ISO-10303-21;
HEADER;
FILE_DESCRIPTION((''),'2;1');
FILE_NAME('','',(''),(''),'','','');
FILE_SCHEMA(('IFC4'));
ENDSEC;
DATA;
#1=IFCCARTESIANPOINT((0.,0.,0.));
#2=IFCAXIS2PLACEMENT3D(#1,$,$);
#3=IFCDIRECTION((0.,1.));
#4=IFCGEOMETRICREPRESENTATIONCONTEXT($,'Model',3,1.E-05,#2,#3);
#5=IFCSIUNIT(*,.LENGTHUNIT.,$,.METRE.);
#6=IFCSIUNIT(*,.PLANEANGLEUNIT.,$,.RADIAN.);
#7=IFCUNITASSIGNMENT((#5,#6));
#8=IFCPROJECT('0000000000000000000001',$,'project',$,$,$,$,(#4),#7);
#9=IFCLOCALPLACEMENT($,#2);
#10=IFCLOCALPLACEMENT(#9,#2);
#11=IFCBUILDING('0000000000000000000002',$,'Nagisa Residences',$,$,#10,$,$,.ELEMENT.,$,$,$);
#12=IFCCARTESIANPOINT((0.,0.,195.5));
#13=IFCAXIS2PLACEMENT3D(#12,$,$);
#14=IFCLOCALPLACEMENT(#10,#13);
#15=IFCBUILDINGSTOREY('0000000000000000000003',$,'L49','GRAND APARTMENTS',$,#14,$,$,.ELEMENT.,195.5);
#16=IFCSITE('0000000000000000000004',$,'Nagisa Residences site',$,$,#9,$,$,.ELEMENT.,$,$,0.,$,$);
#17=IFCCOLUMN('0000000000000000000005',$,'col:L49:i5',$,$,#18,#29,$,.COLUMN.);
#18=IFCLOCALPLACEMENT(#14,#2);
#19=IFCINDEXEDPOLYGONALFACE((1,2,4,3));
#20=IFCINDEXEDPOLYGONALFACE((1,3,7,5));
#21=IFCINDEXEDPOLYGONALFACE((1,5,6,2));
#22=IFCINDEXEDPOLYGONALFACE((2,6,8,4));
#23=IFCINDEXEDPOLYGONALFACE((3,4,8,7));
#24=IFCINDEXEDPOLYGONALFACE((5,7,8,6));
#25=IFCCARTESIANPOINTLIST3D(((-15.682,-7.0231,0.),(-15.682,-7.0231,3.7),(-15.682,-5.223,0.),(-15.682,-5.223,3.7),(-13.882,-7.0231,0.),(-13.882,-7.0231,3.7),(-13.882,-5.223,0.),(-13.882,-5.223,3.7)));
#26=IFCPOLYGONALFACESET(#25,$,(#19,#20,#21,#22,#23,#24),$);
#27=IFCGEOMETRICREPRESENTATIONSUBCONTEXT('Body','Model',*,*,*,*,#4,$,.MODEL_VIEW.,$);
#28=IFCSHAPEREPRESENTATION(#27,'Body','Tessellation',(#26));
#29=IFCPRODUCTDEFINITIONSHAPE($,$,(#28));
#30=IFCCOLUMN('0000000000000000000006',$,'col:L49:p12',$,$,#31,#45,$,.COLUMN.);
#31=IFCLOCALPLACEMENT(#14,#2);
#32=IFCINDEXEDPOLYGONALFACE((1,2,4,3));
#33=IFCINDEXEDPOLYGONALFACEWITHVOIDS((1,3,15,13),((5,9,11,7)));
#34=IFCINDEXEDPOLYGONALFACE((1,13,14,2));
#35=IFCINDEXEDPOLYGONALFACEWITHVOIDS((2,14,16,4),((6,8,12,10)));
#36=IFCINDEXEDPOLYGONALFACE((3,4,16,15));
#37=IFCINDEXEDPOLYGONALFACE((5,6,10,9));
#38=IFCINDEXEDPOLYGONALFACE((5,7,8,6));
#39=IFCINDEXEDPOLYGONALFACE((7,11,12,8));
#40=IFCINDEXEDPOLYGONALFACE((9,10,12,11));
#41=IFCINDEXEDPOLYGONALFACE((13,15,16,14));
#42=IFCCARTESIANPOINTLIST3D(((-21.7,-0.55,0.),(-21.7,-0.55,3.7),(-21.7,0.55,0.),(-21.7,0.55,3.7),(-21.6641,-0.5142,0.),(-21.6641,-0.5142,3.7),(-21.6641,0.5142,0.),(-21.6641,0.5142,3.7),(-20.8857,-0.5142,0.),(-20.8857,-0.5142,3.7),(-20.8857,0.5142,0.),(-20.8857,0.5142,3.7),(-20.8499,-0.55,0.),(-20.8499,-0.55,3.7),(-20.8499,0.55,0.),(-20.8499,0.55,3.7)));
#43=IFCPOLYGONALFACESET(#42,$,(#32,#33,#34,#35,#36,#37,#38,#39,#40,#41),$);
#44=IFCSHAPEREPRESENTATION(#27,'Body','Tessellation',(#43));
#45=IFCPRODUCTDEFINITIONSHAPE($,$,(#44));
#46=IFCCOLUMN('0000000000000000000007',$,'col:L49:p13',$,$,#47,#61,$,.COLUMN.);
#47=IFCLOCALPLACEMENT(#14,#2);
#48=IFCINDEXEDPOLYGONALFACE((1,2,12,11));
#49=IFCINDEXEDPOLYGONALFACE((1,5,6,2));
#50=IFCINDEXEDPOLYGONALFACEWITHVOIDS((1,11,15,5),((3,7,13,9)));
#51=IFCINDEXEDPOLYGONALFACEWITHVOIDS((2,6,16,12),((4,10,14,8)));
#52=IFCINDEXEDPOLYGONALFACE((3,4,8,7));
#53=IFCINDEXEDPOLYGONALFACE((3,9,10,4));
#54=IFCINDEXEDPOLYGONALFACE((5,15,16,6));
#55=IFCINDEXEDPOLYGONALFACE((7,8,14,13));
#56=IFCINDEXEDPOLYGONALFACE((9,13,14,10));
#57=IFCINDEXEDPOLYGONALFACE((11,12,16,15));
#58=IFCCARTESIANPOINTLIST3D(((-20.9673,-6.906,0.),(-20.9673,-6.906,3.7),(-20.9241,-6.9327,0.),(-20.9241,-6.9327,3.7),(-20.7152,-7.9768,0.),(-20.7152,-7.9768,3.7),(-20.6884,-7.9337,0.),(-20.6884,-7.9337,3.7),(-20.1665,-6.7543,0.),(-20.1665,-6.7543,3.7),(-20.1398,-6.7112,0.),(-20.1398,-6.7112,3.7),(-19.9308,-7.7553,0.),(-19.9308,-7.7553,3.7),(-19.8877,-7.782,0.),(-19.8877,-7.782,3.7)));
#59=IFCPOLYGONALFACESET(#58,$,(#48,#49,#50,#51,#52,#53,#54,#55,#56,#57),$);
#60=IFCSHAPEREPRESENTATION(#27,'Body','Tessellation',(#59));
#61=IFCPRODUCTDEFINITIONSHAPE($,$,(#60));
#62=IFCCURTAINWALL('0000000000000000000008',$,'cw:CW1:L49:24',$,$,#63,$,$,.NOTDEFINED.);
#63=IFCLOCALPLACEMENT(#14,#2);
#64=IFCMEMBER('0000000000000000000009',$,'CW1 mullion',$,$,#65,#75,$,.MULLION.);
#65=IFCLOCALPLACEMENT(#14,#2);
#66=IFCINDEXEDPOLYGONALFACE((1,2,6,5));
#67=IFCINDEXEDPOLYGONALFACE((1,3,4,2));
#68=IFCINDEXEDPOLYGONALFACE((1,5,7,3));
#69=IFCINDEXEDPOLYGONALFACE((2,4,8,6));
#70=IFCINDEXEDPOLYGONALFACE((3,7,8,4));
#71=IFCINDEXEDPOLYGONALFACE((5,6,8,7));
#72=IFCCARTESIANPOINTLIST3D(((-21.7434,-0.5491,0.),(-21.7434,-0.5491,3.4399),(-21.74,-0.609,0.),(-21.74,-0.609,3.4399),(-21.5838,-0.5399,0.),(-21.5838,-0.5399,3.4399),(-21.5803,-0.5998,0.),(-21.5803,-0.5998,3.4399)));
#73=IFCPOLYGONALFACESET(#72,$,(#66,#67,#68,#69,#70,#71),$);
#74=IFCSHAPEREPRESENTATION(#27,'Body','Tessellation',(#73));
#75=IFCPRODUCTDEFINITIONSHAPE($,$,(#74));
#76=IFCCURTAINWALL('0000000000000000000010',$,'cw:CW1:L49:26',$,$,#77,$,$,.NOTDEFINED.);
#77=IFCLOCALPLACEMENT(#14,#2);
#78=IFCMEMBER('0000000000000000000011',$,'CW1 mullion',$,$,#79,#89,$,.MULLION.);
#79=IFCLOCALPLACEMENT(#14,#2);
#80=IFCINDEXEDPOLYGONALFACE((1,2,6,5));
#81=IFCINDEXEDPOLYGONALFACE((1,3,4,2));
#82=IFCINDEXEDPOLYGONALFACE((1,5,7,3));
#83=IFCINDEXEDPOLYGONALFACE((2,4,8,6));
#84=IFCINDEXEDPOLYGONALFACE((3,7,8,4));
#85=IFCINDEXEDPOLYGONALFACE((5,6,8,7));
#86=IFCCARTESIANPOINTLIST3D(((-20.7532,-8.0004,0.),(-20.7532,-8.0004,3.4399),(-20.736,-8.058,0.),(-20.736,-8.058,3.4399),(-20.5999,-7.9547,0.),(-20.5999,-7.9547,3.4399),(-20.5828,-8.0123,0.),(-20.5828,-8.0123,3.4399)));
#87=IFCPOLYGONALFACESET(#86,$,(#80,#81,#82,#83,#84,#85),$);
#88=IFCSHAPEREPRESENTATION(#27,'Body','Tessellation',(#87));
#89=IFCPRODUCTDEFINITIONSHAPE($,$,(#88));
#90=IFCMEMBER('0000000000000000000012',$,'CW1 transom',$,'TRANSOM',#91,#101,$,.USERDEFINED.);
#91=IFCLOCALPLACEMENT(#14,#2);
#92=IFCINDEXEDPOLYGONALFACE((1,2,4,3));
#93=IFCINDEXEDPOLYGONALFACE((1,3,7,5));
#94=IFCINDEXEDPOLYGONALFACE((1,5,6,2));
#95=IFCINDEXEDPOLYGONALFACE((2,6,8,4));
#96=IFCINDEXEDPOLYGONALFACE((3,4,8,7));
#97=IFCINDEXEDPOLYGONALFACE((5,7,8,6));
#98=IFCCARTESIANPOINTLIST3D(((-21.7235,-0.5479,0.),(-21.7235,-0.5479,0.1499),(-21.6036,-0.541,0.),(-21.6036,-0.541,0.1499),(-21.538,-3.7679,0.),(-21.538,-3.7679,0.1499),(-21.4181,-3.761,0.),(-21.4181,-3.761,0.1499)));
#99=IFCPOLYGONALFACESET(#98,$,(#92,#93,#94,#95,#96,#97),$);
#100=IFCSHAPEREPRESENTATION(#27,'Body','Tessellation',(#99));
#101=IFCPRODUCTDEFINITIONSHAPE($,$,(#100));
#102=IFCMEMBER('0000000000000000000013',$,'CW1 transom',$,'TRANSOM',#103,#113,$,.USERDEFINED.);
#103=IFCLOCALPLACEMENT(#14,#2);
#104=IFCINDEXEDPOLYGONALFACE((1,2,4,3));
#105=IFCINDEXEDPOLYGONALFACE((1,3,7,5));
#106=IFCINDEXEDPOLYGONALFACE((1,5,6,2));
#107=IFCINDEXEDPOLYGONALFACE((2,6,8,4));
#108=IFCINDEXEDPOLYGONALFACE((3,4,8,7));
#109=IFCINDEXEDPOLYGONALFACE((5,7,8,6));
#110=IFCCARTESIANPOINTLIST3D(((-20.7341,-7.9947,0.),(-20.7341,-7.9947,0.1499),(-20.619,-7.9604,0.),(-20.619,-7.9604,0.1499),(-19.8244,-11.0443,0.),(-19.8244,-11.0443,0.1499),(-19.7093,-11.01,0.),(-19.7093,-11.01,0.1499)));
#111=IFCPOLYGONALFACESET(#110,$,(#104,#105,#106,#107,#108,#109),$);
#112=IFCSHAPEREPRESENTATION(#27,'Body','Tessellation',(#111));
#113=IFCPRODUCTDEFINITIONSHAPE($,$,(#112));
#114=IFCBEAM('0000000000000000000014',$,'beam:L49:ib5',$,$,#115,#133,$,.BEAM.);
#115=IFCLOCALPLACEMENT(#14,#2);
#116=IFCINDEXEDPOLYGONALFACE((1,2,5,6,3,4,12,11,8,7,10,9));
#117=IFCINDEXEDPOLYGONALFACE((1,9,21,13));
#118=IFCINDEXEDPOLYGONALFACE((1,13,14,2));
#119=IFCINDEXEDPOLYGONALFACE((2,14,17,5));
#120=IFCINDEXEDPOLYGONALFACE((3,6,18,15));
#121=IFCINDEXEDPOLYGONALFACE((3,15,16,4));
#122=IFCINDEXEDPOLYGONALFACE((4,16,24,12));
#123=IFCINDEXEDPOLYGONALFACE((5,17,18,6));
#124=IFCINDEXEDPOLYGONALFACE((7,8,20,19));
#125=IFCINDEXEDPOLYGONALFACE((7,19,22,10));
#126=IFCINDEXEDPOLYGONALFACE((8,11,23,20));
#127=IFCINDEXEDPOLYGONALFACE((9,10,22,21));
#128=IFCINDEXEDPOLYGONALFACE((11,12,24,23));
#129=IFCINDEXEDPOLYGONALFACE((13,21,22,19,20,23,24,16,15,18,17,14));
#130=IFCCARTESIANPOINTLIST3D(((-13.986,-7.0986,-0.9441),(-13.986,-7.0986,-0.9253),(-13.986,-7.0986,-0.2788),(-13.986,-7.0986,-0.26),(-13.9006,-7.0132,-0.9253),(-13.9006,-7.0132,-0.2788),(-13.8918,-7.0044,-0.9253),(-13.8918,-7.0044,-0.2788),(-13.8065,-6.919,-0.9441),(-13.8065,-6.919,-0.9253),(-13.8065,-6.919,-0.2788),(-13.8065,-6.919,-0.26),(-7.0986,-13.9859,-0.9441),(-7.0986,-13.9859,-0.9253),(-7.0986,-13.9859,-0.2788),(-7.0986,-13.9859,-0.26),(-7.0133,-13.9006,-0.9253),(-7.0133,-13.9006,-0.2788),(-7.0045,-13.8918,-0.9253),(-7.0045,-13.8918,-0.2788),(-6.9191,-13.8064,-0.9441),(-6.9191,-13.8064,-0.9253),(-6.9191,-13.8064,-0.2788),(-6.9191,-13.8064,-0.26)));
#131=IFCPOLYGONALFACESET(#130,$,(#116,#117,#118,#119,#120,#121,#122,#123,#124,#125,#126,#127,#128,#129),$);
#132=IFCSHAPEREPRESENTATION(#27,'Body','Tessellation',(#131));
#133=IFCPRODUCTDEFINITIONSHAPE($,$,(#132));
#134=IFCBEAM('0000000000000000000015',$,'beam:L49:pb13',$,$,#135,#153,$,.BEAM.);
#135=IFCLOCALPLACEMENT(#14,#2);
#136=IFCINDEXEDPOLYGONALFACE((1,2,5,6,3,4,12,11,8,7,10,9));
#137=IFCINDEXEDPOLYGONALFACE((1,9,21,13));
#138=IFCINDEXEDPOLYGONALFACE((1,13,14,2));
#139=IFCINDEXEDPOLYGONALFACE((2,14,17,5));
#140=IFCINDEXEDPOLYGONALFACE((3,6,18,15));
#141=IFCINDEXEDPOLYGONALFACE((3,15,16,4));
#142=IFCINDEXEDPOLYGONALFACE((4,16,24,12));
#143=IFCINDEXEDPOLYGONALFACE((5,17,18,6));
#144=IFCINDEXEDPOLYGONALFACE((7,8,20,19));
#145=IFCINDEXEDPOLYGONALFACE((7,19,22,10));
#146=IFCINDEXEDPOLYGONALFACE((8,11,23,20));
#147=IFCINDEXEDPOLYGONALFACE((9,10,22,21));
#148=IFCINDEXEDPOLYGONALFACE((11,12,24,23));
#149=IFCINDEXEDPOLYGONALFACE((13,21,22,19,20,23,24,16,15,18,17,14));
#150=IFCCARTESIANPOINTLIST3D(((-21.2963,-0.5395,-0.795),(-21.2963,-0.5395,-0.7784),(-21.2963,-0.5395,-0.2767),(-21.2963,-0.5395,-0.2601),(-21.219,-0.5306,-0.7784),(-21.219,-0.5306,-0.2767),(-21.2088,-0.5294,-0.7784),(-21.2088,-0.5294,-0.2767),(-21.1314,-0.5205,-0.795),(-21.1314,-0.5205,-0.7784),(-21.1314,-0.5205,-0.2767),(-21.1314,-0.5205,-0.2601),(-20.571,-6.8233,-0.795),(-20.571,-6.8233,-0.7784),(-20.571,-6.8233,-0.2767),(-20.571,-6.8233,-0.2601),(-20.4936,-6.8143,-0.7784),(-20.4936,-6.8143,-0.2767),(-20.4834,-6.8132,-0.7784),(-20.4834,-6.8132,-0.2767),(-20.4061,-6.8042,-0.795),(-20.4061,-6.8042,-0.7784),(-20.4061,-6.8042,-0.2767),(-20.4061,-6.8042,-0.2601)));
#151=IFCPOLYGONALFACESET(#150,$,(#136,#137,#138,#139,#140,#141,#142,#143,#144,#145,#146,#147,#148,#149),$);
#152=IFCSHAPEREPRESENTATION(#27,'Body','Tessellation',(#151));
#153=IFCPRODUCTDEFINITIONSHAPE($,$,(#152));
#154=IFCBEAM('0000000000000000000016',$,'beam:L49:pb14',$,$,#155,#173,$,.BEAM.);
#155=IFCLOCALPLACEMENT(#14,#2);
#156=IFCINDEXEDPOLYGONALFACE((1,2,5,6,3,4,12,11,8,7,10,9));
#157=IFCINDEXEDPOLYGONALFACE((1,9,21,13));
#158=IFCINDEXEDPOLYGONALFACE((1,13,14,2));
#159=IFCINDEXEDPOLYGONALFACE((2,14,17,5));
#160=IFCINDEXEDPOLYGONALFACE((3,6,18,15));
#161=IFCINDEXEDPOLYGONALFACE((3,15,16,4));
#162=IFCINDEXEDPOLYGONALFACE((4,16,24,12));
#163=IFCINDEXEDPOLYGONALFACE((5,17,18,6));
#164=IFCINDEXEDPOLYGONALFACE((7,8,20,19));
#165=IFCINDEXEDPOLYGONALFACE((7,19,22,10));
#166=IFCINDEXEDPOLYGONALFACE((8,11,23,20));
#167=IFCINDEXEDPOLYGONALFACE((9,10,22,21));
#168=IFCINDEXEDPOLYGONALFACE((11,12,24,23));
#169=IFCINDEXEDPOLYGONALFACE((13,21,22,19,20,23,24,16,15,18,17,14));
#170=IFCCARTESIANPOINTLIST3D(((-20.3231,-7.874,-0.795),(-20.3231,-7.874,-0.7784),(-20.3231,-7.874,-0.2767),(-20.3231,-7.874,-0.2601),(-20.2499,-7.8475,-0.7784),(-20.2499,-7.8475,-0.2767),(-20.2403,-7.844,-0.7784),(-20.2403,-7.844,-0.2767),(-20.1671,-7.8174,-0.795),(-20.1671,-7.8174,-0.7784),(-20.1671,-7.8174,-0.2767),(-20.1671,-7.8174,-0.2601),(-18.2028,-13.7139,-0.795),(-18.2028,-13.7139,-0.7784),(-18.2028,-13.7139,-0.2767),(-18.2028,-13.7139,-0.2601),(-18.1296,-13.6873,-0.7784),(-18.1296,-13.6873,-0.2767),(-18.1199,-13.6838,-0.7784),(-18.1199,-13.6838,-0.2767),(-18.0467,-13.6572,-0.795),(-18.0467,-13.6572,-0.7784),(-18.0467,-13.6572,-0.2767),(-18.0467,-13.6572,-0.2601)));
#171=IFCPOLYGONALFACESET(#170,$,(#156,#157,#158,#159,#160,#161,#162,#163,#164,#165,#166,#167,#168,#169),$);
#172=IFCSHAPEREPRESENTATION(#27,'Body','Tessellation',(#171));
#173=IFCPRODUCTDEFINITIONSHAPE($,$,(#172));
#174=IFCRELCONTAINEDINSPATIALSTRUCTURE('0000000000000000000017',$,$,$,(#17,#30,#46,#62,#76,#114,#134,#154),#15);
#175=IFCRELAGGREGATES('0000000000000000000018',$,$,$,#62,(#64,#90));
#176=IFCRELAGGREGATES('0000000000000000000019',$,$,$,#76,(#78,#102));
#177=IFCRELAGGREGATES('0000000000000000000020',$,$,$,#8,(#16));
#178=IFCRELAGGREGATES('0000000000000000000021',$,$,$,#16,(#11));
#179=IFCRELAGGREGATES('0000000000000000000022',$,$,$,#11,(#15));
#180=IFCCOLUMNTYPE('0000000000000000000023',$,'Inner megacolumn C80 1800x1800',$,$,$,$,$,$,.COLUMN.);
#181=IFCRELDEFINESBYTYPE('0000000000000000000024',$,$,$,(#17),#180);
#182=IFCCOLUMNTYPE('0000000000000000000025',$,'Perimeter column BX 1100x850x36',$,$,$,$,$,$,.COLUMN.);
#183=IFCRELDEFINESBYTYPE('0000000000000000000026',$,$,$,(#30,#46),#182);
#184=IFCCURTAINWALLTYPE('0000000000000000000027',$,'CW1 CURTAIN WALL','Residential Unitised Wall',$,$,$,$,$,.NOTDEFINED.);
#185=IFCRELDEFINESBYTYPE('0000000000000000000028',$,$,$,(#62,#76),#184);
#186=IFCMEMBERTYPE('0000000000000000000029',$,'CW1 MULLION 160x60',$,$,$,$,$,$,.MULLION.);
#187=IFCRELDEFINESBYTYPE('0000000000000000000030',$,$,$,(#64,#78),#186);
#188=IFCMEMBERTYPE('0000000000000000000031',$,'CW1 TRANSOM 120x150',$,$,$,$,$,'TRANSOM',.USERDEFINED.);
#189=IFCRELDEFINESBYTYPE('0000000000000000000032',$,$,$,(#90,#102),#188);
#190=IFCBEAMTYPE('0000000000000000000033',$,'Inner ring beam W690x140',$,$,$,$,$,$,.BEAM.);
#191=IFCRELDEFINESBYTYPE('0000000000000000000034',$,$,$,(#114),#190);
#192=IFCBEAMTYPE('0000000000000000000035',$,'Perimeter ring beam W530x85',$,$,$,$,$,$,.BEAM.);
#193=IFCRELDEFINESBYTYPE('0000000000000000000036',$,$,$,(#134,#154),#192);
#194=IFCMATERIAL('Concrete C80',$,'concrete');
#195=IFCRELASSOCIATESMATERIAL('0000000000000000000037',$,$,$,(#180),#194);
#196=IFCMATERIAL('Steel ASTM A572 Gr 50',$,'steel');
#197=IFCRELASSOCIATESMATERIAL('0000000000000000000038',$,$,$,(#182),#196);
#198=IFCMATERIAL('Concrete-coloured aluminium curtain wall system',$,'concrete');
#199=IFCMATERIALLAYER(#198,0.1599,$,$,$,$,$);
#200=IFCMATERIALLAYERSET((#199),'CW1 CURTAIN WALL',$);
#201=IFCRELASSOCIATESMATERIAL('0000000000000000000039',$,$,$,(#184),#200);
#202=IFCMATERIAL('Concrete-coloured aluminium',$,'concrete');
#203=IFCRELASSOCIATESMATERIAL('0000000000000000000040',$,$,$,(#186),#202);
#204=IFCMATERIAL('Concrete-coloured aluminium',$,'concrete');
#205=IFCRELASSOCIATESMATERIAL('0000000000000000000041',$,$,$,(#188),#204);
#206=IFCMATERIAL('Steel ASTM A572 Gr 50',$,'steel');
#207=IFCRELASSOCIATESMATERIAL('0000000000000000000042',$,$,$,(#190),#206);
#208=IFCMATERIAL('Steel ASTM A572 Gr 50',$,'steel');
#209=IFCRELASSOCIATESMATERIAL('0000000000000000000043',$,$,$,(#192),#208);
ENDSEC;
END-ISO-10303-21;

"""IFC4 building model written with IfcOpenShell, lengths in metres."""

from ifc_helpers import new_model, si_unit, direction, frame, origin, origin_2d, place, context, subcontext, project, spatial, rectangle, hollow_rectangle, i_section, extrude, material, layer, layer_set, material_profile, profile_set, type_object, element, aggregate, save


model = new_model("IFC4")

# Units and contexts
model_context = context("Model", 3, precision=1e-05, world=origin(), true_north=direction((0.0, 1.0)))
body_context = subcontext(model_context, "Body", "Model", "MODEL_VIEW")
ifc_project = project(units=[si_unit("LENGTHUNIT", "METRE"), si_unit("PLANEANGLEUNIT", "RADIAN")], contexts=[model_context])

# Site, building, storey
site_placement = place(None, origin())
site = spatial("IfcSite", under=ifc_project, at=site_placement, Name="Nagisa Residences site", CompositionType="ELEMENT", RefElevation=0.0)
building_placement = place(site_placement, origin())
building = spatial("IfcBuilding", under=site, at=building_placement, Name="Nagisa Residences", CompositionType="ELEMENT")
storey_placement = place(building_placement, frame((0.0, 0.0, 195.5)))
storey = spatial("IfcBuildingStorey", under=building, at=storey_placement, Name="L49", Description="GRAND APARTMENTS", CompositionType="ELEMENT", Elevation=195.5)

# Columns
ifc_material_1 = material(Name="Concrete C80", Category="concrete")
ifc_material_profile_1 = material_profile(ifc_material_1, rectangle(XDim=1.8, YDim=1.8, at=origin_2d()), Name="C80 1800x1800")
ifc_profile_set_1 = profile_set([ifc_material_profile_1], Name="Concrete C80")
column_type_1 = type_object("IfcColumnType", Name="Inner megacolumn C80 1800x1800", PredefinedType="COLUMN", material=ifc_profile_set_1)
column_placement = place(storey_placement, frame((-14.782, -6.123, 0.0), z_axis=(0.0, 0.0, 1.0), x_axis=(1.0, 0.0, 0.0)))
element("IfcColumn", 1, at=column_placement, inside=storey, type_object=column_type_1, Name="col:L49:i5", PredefinedType="COLUMN", context=body_context, shape_type="SweptSolid", body=[
    extrude(rectangle(XDim=1.8, YDim=1.8, at=origin_2d()), origin(), (0.0, 0.0, 1.0), 3.7),
])
ifc_material_2 = material(Name="Steel ASTM A572 Gr 50", Category="steel")
ifc_material_profile_2 = material_profile(ifc_material_2, hollow_rectangle(XDim=1.1001, YDim=0.8501, WallThickness=0.0359, at=origin_2d()), Name="BX 1100x850x36")
ifc_profile_set_2 = profile_set([ifc_material_profile_2], Name="Steel ASTM A572 Gr 50")
column_type_2 = type_object("IfcColumnType", Name="Perimeter column BX 1100x850x36", PredefinedType="COLUMN", material=ifc_profile_set_2)
for number, where, z_axis, x_axis, name in (
    (2, (-21.2749, 0.0, 0.0), (0.0, 0.0, 1.0), (0.0, -1.0, 0.0), "col:L49:p12"),
    (3, (-20.4275, -7.344, 0.0), (0.0, 0.0, 1.0), (0.229202, -0.973379, 0.0), "col:L49:p13"),
):
    element("IfcColumn", number, at=place(storey_placement, frame(where, z_axis=z_axis, x_axis=x_axis)), inside=storey, type_object=column_type_2, Name=name, PredefinedType="COLUMN", context=body_context, shape_type="SweptSolid", body=[
        extrude(hollow_rectangle(XDim=1.1001, YDim=0.8501, WallThickness=0.0359, at=origin_2d()), origin(), (0.0, 0.0, 1.0), 3.7),
    ])

# Curtain walls, members
ifc_material_3 = material(Name="Concrete-coloured aluminium curtain wall system", Category="concrete")
ifc_layer_1 = layer(ifc_material_3, 0.1599)
ifc_layer_set_1 = layer_set([ifc_layer_1], Name="CW1 CURTAIN WALL")
curtain_wall_type = type_object("IfcCurtainWallType", Name="CW1 CURTAIN WALL", Description="Residential Unitised Wall", PredefinedType="NOTDEFINED", material=ifc_layer_set_1)
curtain_wall_1_placement = place(storey_placement, origin())
curtain_wall_1 = element("IfcCurtainWall", 4, at=curtain_wall_1_placement, inside=storey, type_object=curtain_wall_type, Name="cw:CW1:L49:24", PredefinedType="NOTDEFINED")
ifc_material_4 = material(Name="Concrete-coloured aluminium", Category="concrete")
ifc_material_profile_3 = material_profile(ifc_material_4, rectangle(XDim=0.1599, YDim=0.0601, at=origin_2d()), Name="CW1 MULLION 160x60")
ifc_profile_set_3 = profile_set([ifc_material_profile_3], Name="Concrete-coloured aluminium")
member_type_1 = type_object("IfcMemberType", Name="CW1 MULLION 160x60", PredefinedType="MULLION", material=ifc_profile_set_3)
member_1_placement = place(storey_placement, frame((-21.6619, -0.5745, 0.0), z_axis=(0.0, 0.0, 1.0), x_axis=(0.998345, 0.057503, 0.0)))
member_1 = element("IfcMember", 5, at=member_1_placement, type_object=member_type_1, Name="CW1 mullion", PredefinedType="MULLION", context=body_context, shape_type="SweptSolid", body=[
    extrude(rectangle(XDim=0.1599, YDim=0.0601, at=origin_2d()), origin(), (0.0, 0.0, 1.0), 3.4399),
])
curtain_wall_2_placement = place(storey_placement, origin())
curtain_wall_2 = element("IfcCurtainWall", 6, at=curtain_wall_2_placement, inside=storey, type_object=curtain_wall_type, Name="cw:CW1:L49:26", PredefinedType="NOTDEFINED")
member_2_placement = place(storey_placement, frame((-20.668, -8.0063, 0.0), z_axis=(0.0, 0.0, 1.0), x_axis=(0.958271, 0.28586, 0.0)))
member_2 = element("IfcMember", 7, at=member_2_placement, type_object=member_type_1, Name="CW1 mullion", PredefinedType="MULLION", context=body_context, shape_type="SweptSolid", body=[
    extrude(rectangle(XDim=0.1599, YDim=0.0601, at=origin_2d()), origin(), (0.0, 0.0, 1.0), 3.4399),
])

# Members
ifc_material_5 = material(Name="Concrete-coloured aluminium", Category="concrete")
ifc_material_profile_4 = material_profile(ifc_material_5, rectangle(XDim=0.1201, YDim=0.1499, at=origin_2d()), Name="CW1 TRANSOM 120x150")
ifc_profile_set_4 = profile_set([ifc_material_profile_4], Name="Concrete-coloured aluminium")
member_type_2 = type_object("IfcMemberType", Name="CW1 TRANSOM 120x150", ElementType="TRANSOM", PredefinedType="USERDEFINED", material=ifc_profile_set_4)
member_3_placement = place(storey_placement, frame((-21.6636, -0.5444, 0.075), z_axis=(0.057528, -0.998344, 0.0), x_axis=(0.998344, 0.057528, 0.0)))
member_3 = element("IfcMember", 8, at=member_3_placement, type_object=member_type_2, Name="CW1 transom", ObjectType="TRANSOM", PredefinedType="USERDEFINED", context=body_context, shape_type="SweptSolid", body=[
    extrude(rectangle(XDim=0.1201, YDim=0.1499, at=origin_2d()), origin(), (0.0, 0.0, 1.0), 3.2253),
])
member_4_placement = place(storey_placement, frame((-20.6765, -7.9775, 0.075), z_axis=(0.285848, -0.958275, 0.0), x_axis=(0.958275, 0.285848, 0.0)))
member_4 = element("IfcMember", 9, at=member_4_placement, type_object=member_type_2, Name="CW1 transom", ObjectType="TRANSOM", PredefinedType="USERDEFINED", context=body_context, shape_type="SweptSolid", body=[
    extrude(rectangle(XDim=0.1201, YDim=0.1499, at=origin_2d()), origin(), (0.0, 0.0, 1.0), 3.1824),
])

# Beams
ifc_material_6 = material(Name="Steel ASTM A572 Gr 50", Category="steel")
ifc_material_profile_5 = material_profile(ifc_material_6, i_section(OverallWidth=0.2539, OverallDepth=0.6841, WebThickness=0.0125, FlangeThickness=0.0188, at=origin_2d()), Name="W690x140")
ifc_profile_set_5 = profile_set([ifc_material_profile_5], Name="Steel ASTM A572 Gr 50")
beam_type_1 = type_object("IfcBeamType", Name="Inner ring beam W690x140", PredefinedType="BEAM", material=ifc_profile_set_5)
beam_1_placement = place(storey_placement, frame((-13.8962, -7.0088, -0.6021), z_axis=(0.707107, -0.707107, 0.0), x_axis=(0.707107, 0.707107, 0.0)))
element("IfcBeam", 10, at=beam_1_placement, inside=storey, type_object=beam_type_1, Name="beam:L49:ib5", PredefinedType="BEAM", context=body_context, shape_type="SweptSolid", body=[
    extrude(i_section(OverallWidth=0.2539, OverallDepth=0.6841, WebThickness=0.0125, FlangeThickness=0.0188, at=origin_2d()), origin(), (0.0, 0.0, 1.0), 9.7402),
])
ifc_material_7 = material(Name="Steel ASTM A572 Gr 50", Category="steel")
ifc_material_profile_6 = material_profile(ifc_material_7, i_section(OverallWidth=0.166, OverallDepth=0.5349, WebThickness=0.0103, FlangeThickness=0.0166, at=origin_2d()), Name="W530x85")
ifc_profile_set_6 = profile_set([ifc_material_profile_6], Name="Steel ASTM A572 Gr 50")
beam_type_2 = type_object("IfcBeamType", Name="Perimeter ring beam W530x85", PredefinedType="BEAM", material=ifc_profile_set_6)
beam_2_placement = place(storey_placement, frame((-21.2139, -0.53, -0.5276), z_axis=(0.114671, -0.993404, 0.0), x_axis=(0.993404, 0.114671, 0.0)))
element("IfcBeam", 11, at=beam_2_placement, inside=storey, type_object=beam_type_2, Name="beam:L49:pb13", PredefinedType="BEAM", context=body_context, shape_type="SweptSolid", body=[
    extrude(i_section(OverallWidth=0.166, OverallDepth=0.5349, WebThickness=0.0103, FlangeThickness=0.0166, at=origin_2d()), origin(), (0.0, 0.0, 1.0), 6.3254),
])
beam_3_placement = place(storey_placement, frame((-20.2451, -7.8457, -0.5276), z_axis=(0.341286, -0.93996, 0.0), x_axis=(0.93996, 0.341286, 0.0)))
element("IfcBeam", 12, at=beam_3_placement, inside=storey, type_object=beam_type_2, Name="beam:L49:pb14", PredefinedType="BEAM", context=body_context, shape_type="SweptSolid", body=[
    extrude(i_section(OverallWidth=0.166, OverallDepth=0.5349, WebThickness=0.0103, FlangeThickness=0.0166, at=origin_2d()), origin(), (0.0, 0.0, 1.0), 6.2129),
])

aggregate(curtain_wall_1, [member_1, member_3])
aggregate(curtain_wall_2, [member_2, member_4])

save(model, "model.ifc")
